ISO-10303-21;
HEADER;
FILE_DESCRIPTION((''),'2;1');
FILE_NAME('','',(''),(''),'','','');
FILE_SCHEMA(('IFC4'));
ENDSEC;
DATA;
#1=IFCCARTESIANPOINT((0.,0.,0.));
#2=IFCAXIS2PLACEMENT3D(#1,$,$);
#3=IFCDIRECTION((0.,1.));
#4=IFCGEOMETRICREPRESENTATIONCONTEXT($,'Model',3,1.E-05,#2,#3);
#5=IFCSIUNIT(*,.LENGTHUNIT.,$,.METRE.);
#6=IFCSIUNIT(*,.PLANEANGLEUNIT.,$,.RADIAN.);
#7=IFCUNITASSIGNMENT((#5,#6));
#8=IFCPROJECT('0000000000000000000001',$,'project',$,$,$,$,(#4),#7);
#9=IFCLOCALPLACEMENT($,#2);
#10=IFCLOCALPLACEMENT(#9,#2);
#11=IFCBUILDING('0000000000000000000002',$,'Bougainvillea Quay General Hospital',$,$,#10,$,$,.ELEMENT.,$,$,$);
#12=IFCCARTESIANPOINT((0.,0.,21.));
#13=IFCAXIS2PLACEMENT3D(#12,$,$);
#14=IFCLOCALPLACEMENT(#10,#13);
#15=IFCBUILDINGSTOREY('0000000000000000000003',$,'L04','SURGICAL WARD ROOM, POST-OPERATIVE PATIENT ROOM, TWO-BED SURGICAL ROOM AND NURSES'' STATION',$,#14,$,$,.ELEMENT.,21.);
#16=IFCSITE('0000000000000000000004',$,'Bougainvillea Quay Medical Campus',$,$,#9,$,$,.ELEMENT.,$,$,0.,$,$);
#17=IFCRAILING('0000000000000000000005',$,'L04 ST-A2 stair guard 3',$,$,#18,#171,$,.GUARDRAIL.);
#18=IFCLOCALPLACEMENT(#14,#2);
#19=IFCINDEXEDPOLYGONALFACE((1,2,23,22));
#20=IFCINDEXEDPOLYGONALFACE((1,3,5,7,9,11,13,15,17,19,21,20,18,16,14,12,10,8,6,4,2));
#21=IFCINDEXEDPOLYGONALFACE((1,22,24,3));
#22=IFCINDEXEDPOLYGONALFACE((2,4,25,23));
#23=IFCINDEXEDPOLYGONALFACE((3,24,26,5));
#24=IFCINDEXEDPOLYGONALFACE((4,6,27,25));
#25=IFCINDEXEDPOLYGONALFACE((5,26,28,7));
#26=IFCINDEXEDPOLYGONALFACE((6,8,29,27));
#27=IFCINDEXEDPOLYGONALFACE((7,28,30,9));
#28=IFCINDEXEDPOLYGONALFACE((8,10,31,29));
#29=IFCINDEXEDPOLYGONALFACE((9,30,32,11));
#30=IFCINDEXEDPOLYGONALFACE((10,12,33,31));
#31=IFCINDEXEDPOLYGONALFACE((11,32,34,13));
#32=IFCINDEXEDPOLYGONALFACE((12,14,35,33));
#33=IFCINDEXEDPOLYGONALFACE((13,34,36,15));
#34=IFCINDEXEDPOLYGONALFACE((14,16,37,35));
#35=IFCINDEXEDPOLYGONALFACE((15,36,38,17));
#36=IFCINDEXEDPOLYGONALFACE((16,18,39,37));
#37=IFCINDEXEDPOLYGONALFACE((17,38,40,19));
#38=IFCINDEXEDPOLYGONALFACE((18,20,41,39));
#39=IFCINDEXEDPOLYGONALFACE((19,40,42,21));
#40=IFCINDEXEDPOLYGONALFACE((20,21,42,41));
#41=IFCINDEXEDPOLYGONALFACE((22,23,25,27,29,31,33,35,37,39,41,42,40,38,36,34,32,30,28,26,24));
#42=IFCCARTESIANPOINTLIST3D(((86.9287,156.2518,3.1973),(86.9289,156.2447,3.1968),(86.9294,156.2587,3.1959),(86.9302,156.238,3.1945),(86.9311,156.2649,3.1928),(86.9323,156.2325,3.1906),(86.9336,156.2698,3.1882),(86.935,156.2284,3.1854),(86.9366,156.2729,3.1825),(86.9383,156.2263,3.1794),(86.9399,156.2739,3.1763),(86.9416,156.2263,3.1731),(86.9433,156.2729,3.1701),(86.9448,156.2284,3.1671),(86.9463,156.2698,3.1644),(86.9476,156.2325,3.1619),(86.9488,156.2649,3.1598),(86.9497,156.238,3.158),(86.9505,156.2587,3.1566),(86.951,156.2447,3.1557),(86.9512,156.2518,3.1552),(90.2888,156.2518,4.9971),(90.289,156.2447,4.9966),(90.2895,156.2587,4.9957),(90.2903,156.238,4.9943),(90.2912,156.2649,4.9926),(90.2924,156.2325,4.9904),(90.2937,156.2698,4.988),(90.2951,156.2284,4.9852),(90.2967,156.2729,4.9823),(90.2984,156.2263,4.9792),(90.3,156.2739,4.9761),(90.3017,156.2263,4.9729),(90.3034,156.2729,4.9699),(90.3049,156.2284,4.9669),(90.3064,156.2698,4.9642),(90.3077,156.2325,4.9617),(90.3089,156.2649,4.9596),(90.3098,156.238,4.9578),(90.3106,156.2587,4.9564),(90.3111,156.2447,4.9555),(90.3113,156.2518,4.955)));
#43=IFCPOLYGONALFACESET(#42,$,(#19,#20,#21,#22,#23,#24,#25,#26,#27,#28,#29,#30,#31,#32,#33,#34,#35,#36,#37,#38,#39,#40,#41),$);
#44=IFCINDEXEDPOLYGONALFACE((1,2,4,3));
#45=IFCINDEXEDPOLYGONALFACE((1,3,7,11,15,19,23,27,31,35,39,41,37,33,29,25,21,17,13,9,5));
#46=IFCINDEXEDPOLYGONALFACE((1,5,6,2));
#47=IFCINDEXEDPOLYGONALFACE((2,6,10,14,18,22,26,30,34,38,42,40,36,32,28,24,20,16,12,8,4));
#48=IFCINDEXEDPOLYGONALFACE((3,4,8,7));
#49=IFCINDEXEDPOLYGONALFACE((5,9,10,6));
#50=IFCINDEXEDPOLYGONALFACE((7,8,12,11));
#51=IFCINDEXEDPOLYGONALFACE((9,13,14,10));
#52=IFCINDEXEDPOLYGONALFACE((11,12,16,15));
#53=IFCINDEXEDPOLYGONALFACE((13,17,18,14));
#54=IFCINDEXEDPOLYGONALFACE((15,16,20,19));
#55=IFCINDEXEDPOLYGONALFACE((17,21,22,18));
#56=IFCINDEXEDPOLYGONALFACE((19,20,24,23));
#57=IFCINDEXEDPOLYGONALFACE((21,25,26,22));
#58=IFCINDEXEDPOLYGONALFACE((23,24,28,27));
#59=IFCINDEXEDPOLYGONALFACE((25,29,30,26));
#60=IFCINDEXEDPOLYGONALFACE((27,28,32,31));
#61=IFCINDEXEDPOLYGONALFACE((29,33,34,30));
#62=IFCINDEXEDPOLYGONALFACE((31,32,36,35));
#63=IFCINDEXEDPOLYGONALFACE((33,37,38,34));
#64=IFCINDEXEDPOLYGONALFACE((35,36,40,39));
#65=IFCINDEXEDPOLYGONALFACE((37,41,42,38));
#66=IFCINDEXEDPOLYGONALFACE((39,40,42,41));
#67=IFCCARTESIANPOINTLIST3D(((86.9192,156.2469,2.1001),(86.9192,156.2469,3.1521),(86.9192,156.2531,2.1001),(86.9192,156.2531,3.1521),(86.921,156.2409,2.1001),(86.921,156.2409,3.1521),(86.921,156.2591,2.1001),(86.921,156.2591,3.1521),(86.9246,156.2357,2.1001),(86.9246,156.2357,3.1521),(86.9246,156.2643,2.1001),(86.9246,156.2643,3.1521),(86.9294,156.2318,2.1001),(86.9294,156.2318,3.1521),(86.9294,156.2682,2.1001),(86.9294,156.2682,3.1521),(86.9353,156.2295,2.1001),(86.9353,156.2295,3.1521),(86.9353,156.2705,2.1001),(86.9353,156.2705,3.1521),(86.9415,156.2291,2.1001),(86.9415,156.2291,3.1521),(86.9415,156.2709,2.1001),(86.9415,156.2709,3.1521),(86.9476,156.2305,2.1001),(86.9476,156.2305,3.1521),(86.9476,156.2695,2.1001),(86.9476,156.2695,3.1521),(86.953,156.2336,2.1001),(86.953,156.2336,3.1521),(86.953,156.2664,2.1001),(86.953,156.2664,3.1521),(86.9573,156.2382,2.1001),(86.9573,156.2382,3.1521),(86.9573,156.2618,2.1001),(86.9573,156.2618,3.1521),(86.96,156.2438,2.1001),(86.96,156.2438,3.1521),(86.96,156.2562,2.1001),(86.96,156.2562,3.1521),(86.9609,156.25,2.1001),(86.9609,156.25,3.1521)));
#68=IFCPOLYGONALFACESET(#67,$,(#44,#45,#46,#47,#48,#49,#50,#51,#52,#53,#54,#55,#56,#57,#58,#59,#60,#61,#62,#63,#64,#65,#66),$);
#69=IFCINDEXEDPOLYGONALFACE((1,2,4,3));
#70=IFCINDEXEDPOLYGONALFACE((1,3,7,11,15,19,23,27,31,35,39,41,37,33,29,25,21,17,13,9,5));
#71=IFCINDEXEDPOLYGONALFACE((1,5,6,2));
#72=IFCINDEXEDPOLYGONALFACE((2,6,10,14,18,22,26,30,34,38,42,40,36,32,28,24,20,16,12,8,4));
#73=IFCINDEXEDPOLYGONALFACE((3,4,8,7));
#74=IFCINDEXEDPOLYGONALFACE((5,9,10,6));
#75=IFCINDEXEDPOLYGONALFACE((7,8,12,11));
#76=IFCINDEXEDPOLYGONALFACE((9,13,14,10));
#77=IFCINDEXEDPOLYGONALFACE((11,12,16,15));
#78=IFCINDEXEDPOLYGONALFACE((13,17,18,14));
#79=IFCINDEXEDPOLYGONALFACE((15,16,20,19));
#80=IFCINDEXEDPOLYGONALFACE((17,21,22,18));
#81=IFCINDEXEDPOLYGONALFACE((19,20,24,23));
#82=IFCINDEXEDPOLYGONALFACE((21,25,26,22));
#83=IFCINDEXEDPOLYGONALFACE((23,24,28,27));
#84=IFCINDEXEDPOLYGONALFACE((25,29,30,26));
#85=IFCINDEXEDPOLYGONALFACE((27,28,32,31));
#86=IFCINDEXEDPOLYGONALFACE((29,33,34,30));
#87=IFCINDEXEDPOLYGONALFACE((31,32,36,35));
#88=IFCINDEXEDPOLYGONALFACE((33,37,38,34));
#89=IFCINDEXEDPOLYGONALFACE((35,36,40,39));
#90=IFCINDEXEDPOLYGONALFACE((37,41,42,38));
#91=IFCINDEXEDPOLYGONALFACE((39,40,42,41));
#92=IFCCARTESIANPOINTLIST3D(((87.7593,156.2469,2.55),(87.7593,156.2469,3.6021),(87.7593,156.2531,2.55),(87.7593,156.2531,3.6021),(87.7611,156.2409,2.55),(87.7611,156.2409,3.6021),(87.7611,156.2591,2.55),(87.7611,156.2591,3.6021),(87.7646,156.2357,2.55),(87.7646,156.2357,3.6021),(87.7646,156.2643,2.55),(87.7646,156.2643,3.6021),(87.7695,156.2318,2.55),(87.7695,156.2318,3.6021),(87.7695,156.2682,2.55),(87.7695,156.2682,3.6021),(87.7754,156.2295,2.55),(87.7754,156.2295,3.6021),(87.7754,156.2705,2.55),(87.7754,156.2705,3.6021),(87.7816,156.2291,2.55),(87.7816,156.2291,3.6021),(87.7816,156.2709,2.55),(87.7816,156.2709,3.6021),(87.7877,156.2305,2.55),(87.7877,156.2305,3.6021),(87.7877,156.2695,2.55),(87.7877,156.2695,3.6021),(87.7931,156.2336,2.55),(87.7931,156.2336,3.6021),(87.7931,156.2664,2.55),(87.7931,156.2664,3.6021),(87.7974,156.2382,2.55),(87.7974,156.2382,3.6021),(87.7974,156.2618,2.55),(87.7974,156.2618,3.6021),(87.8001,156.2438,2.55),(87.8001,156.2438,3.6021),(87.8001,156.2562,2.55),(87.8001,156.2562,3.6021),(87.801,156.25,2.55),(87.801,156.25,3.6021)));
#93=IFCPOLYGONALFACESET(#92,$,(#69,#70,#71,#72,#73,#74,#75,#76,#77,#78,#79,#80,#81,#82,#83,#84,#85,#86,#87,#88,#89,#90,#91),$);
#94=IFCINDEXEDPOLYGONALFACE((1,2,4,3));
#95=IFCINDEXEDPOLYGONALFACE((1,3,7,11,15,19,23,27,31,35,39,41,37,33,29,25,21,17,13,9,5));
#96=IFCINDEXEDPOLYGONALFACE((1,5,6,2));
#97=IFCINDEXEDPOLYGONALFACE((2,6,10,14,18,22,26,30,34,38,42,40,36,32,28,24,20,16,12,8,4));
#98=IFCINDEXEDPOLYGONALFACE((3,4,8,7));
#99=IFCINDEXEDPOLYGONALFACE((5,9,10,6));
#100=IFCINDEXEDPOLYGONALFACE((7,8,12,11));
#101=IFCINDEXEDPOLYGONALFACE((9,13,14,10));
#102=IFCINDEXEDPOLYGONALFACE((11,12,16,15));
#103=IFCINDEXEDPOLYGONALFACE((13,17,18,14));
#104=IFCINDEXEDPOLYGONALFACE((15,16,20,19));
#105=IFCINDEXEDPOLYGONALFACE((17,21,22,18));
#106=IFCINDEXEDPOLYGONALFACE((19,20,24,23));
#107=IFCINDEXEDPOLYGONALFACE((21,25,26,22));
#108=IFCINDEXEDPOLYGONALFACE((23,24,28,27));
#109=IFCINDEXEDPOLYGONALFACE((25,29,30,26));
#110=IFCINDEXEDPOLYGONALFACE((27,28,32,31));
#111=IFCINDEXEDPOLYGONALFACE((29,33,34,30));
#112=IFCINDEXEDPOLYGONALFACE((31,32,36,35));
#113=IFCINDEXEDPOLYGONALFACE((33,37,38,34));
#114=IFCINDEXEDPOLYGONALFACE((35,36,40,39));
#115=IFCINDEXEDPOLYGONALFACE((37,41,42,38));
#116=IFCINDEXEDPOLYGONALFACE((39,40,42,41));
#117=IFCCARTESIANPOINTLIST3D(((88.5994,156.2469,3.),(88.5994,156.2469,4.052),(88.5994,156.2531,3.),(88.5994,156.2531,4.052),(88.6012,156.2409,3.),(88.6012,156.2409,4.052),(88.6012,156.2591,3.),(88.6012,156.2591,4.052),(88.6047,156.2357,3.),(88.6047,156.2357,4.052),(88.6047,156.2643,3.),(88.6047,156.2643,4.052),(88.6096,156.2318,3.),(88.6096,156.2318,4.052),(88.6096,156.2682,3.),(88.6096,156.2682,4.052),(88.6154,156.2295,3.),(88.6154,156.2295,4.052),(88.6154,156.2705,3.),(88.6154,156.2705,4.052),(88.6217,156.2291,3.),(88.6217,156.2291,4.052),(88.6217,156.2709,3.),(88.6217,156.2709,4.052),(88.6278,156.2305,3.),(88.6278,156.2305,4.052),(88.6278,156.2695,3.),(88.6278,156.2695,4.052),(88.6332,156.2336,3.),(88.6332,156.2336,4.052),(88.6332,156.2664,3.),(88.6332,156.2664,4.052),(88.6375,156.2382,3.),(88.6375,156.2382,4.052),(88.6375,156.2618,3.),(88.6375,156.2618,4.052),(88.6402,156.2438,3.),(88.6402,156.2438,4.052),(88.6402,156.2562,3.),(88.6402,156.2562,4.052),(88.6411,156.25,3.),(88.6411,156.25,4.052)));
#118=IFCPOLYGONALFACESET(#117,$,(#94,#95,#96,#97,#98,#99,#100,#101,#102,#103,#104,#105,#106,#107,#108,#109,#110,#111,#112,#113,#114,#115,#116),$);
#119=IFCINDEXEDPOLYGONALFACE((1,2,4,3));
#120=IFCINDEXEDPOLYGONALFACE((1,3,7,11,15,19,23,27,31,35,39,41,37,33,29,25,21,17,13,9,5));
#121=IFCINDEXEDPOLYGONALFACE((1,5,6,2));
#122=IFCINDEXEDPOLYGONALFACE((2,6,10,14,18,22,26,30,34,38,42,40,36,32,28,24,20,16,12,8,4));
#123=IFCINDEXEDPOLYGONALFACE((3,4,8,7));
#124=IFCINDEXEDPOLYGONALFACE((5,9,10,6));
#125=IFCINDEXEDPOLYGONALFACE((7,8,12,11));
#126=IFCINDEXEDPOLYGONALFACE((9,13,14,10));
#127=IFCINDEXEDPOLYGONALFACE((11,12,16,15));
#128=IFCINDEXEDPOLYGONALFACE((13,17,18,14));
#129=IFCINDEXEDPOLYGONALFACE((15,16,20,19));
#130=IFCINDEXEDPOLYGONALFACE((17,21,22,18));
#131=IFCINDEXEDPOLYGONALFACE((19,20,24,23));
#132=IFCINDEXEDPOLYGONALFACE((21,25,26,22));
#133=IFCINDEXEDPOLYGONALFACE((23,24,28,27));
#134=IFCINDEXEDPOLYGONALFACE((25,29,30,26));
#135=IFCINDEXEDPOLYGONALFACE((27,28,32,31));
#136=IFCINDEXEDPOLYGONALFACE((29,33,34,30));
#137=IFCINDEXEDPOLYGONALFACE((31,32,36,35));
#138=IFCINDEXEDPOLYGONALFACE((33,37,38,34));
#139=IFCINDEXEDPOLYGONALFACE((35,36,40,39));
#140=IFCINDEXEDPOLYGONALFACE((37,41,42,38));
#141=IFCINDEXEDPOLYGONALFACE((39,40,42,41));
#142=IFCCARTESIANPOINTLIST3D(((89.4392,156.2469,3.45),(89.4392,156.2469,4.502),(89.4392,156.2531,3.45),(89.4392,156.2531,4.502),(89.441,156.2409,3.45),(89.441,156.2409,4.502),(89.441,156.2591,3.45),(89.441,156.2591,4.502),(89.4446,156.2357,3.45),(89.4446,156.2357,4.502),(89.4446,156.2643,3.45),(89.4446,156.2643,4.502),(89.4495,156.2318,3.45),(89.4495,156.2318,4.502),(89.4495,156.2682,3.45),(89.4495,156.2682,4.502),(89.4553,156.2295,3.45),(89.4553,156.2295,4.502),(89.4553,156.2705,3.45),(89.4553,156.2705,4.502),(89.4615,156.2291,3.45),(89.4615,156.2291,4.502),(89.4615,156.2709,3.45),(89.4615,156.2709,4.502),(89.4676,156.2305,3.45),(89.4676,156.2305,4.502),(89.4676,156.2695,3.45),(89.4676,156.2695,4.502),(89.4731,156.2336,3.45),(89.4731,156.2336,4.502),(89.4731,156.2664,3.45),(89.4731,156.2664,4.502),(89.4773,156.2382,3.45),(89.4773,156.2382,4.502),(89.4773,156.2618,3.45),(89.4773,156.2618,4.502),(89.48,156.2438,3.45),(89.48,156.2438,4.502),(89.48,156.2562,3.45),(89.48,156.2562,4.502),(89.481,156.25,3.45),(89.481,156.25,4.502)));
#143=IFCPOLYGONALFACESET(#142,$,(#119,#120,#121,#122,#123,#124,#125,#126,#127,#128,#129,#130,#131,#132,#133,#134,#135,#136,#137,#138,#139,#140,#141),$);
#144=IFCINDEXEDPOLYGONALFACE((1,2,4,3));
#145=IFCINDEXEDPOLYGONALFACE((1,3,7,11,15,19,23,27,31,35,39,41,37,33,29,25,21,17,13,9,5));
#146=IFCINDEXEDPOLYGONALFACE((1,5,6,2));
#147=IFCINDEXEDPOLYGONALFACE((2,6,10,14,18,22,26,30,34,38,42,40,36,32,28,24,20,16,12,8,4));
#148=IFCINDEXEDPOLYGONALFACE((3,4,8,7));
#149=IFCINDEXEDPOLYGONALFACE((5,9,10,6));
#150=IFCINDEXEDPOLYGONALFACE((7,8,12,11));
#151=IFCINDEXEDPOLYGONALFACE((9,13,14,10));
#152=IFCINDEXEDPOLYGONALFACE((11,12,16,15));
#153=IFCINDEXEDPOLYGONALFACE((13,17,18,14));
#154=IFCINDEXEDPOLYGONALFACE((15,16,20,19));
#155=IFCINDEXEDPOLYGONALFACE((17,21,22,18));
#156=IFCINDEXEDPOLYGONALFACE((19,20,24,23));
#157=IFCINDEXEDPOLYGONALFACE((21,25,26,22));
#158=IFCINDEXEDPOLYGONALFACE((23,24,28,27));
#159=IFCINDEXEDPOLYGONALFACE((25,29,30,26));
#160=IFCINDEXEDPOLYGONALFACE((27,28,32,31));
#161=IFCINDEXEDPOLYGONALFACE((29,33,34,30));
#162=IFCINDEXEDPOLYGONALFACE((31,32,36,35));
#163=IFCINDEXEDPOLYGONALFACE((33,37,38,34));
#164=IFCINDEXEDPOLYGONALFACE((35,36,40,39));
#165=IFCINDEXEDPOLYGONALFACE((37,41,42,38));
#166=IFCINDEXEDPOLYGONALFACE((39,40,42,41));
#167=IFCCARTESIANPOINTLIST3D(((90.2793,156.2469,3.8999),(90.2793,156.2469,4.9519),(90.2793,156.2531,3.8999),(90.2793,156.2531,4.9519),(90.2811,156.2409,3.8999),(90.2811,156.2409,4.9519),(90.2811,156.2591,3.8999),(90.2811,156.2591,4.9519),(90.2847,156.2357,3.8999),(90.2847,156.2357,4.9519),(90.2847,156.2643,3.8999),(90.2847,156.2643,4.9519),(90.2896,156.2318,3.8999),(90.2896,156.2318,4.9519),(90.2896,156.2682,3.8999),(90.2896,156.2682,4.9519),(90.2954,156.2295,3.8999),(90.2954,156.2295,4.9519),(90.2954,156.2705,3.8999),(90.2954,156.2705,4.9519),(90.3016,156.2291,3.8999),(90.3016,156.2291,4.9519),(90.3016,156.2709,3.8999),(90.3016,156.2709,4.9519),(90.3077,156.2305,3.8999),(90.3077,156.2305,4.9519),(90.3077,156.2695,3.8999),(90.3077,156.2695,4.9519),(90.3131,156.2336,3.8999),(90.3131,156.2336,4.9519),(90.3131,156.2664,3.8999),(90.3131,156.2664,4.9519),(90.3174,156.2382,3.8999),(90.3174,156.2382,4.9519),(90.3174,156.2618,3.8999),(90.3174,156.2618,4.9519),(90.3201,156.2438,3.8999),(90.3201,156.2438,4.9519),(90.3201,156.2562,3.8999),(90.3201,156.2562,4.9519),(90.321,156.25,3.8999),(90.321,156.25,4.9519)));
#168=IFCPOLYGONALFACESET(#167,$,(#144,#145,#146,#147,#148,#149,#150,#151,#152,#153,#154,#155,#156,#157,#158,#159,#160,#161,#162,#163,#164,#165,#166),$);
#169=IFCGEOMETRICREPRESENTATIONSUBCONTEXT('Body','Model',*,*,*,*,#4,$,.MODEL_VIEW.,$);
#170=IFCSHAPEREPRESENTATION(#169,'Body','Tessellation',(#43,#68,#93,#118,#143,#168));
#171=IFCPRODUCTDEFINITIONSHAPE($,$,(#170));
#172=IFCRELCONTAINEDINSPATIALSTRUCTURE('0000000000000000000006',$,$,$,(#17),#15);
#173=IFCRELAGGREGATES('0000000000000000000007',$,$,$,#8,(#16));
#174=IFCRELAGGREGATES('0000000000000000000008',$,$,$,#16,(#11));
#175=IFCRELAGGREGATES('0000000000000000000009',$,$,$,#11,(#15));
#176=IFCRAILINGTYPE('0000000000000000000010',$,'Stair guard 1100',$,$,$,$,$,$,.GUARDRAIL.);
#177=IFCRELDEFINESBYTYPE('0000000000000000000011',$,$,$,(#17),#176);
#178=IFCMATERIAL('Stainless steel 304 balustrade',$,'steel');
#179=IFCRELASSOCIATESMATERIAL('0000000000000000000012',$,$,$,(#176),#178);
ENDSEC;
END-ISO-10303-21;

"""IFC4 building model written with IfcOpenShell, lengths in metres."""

from ifc_helpers import new_model, si_unit, direction, frame, origin, origin_2d, place, context, subcontext, project, spatial, circle, extrude, material, type_object, element, save


model = new_model("IFC4")

# Units and contexts
model_context = context("Model", 3, precision=1e-05, world=origin(), true_north=direction((0.0, 1.0)))
body_context = subcontext(model_context, "Body", "Model", "MODEL_VIEW")
ifc_project = project(units=[si_unit("LENGTHUNIT", "METRE"), si_unit("PLANEANGLEUNIT", "RADIAN")], contexts=[model_context])

# Site, building, storey
site_placement = place(None, origin())
site = spatial("IfcSite", under=ifc_project, at=site_placement, Name="Bougainvillea Quay Medical Campus", CompositionType="ELEMENT", RefElevation=0.0)
building_placement = place(site_placement, origin())
building = spatial("IfcBuilding", under=site, at=building_placement, Name="Bougainvillea Quay General Hospital", CompositionType="ELEMENT")
storey_placement = place(building_placement, frame((0.0, 0.0, 21.0)))
storey = spatial("IfcBuildingStorey", under=building, at=storey_placement, Name="L04", Description="SURGICAL WARD ROOM, POST-OPERATIVE PATIENT ROOM, TWO-BED SURGICAL ROOM AND NURSES' STATION", CompositionType="ELEMENT", Elevation=21.0)

# Railing
ifc_material_1 = material(Name="Stainless steel 304 balustrade", Category="steel")
railing_type_1 = type_object("IfcRailingType", Name="Stair guard 1100", PredefinedType="GUARDRAIL", material=ifc_material_1)
railing_1_placement = place(storey_placement, frame((86.9399, 156.25, 2.1001)))
element("IfcRailing", 1, at=railing_1_placement, inside=storey, type_object=railing_type_1, Name="L04 ST-A2 stair guard 3", PredefinedType="GUARDRAIL", context=body_context, shape_type="SweptSolid", body=[
    extrude(circle(Radius=0.0239, at=origin_2d()), frame((0.0, 0.0, 1.0762), z_axis=(0.881508, 0.0, 0.47217), x_axis=(0.0, 1.0, 0.0)), (0.0, 0.0, 1.0), 3.8118),
    extrude(circle(Radius=0.021, at=origin_2d()), origin(), (0.0, 0.0, 1.0), 1.052),
    extrude(circle(Radius=0.021, at=origin_2d()), frame((0.8401, 0.0, 0.45)), (0.0, 0.0, 1.0), 1.052),
    extrude(circle(Radius=0.021, at=origin_2d()), frame((1.6802, 0.0, 0.8999)), (0.0, 0.0, 1.0), 1.052),
    extrude(circle(Radius=0.021, at=origin_2d()), frame((2.52, 0.0, 1.3499)), (0.0, 0.0, 1.0), 1.052),
    extrude(circle(Radius=0.021, at=origin_2d()), frame((3.3601, 0.0, 1.7998)), (0.0, 0.0, 1.0), 1.052),
])

save(model, "model.ifc")
